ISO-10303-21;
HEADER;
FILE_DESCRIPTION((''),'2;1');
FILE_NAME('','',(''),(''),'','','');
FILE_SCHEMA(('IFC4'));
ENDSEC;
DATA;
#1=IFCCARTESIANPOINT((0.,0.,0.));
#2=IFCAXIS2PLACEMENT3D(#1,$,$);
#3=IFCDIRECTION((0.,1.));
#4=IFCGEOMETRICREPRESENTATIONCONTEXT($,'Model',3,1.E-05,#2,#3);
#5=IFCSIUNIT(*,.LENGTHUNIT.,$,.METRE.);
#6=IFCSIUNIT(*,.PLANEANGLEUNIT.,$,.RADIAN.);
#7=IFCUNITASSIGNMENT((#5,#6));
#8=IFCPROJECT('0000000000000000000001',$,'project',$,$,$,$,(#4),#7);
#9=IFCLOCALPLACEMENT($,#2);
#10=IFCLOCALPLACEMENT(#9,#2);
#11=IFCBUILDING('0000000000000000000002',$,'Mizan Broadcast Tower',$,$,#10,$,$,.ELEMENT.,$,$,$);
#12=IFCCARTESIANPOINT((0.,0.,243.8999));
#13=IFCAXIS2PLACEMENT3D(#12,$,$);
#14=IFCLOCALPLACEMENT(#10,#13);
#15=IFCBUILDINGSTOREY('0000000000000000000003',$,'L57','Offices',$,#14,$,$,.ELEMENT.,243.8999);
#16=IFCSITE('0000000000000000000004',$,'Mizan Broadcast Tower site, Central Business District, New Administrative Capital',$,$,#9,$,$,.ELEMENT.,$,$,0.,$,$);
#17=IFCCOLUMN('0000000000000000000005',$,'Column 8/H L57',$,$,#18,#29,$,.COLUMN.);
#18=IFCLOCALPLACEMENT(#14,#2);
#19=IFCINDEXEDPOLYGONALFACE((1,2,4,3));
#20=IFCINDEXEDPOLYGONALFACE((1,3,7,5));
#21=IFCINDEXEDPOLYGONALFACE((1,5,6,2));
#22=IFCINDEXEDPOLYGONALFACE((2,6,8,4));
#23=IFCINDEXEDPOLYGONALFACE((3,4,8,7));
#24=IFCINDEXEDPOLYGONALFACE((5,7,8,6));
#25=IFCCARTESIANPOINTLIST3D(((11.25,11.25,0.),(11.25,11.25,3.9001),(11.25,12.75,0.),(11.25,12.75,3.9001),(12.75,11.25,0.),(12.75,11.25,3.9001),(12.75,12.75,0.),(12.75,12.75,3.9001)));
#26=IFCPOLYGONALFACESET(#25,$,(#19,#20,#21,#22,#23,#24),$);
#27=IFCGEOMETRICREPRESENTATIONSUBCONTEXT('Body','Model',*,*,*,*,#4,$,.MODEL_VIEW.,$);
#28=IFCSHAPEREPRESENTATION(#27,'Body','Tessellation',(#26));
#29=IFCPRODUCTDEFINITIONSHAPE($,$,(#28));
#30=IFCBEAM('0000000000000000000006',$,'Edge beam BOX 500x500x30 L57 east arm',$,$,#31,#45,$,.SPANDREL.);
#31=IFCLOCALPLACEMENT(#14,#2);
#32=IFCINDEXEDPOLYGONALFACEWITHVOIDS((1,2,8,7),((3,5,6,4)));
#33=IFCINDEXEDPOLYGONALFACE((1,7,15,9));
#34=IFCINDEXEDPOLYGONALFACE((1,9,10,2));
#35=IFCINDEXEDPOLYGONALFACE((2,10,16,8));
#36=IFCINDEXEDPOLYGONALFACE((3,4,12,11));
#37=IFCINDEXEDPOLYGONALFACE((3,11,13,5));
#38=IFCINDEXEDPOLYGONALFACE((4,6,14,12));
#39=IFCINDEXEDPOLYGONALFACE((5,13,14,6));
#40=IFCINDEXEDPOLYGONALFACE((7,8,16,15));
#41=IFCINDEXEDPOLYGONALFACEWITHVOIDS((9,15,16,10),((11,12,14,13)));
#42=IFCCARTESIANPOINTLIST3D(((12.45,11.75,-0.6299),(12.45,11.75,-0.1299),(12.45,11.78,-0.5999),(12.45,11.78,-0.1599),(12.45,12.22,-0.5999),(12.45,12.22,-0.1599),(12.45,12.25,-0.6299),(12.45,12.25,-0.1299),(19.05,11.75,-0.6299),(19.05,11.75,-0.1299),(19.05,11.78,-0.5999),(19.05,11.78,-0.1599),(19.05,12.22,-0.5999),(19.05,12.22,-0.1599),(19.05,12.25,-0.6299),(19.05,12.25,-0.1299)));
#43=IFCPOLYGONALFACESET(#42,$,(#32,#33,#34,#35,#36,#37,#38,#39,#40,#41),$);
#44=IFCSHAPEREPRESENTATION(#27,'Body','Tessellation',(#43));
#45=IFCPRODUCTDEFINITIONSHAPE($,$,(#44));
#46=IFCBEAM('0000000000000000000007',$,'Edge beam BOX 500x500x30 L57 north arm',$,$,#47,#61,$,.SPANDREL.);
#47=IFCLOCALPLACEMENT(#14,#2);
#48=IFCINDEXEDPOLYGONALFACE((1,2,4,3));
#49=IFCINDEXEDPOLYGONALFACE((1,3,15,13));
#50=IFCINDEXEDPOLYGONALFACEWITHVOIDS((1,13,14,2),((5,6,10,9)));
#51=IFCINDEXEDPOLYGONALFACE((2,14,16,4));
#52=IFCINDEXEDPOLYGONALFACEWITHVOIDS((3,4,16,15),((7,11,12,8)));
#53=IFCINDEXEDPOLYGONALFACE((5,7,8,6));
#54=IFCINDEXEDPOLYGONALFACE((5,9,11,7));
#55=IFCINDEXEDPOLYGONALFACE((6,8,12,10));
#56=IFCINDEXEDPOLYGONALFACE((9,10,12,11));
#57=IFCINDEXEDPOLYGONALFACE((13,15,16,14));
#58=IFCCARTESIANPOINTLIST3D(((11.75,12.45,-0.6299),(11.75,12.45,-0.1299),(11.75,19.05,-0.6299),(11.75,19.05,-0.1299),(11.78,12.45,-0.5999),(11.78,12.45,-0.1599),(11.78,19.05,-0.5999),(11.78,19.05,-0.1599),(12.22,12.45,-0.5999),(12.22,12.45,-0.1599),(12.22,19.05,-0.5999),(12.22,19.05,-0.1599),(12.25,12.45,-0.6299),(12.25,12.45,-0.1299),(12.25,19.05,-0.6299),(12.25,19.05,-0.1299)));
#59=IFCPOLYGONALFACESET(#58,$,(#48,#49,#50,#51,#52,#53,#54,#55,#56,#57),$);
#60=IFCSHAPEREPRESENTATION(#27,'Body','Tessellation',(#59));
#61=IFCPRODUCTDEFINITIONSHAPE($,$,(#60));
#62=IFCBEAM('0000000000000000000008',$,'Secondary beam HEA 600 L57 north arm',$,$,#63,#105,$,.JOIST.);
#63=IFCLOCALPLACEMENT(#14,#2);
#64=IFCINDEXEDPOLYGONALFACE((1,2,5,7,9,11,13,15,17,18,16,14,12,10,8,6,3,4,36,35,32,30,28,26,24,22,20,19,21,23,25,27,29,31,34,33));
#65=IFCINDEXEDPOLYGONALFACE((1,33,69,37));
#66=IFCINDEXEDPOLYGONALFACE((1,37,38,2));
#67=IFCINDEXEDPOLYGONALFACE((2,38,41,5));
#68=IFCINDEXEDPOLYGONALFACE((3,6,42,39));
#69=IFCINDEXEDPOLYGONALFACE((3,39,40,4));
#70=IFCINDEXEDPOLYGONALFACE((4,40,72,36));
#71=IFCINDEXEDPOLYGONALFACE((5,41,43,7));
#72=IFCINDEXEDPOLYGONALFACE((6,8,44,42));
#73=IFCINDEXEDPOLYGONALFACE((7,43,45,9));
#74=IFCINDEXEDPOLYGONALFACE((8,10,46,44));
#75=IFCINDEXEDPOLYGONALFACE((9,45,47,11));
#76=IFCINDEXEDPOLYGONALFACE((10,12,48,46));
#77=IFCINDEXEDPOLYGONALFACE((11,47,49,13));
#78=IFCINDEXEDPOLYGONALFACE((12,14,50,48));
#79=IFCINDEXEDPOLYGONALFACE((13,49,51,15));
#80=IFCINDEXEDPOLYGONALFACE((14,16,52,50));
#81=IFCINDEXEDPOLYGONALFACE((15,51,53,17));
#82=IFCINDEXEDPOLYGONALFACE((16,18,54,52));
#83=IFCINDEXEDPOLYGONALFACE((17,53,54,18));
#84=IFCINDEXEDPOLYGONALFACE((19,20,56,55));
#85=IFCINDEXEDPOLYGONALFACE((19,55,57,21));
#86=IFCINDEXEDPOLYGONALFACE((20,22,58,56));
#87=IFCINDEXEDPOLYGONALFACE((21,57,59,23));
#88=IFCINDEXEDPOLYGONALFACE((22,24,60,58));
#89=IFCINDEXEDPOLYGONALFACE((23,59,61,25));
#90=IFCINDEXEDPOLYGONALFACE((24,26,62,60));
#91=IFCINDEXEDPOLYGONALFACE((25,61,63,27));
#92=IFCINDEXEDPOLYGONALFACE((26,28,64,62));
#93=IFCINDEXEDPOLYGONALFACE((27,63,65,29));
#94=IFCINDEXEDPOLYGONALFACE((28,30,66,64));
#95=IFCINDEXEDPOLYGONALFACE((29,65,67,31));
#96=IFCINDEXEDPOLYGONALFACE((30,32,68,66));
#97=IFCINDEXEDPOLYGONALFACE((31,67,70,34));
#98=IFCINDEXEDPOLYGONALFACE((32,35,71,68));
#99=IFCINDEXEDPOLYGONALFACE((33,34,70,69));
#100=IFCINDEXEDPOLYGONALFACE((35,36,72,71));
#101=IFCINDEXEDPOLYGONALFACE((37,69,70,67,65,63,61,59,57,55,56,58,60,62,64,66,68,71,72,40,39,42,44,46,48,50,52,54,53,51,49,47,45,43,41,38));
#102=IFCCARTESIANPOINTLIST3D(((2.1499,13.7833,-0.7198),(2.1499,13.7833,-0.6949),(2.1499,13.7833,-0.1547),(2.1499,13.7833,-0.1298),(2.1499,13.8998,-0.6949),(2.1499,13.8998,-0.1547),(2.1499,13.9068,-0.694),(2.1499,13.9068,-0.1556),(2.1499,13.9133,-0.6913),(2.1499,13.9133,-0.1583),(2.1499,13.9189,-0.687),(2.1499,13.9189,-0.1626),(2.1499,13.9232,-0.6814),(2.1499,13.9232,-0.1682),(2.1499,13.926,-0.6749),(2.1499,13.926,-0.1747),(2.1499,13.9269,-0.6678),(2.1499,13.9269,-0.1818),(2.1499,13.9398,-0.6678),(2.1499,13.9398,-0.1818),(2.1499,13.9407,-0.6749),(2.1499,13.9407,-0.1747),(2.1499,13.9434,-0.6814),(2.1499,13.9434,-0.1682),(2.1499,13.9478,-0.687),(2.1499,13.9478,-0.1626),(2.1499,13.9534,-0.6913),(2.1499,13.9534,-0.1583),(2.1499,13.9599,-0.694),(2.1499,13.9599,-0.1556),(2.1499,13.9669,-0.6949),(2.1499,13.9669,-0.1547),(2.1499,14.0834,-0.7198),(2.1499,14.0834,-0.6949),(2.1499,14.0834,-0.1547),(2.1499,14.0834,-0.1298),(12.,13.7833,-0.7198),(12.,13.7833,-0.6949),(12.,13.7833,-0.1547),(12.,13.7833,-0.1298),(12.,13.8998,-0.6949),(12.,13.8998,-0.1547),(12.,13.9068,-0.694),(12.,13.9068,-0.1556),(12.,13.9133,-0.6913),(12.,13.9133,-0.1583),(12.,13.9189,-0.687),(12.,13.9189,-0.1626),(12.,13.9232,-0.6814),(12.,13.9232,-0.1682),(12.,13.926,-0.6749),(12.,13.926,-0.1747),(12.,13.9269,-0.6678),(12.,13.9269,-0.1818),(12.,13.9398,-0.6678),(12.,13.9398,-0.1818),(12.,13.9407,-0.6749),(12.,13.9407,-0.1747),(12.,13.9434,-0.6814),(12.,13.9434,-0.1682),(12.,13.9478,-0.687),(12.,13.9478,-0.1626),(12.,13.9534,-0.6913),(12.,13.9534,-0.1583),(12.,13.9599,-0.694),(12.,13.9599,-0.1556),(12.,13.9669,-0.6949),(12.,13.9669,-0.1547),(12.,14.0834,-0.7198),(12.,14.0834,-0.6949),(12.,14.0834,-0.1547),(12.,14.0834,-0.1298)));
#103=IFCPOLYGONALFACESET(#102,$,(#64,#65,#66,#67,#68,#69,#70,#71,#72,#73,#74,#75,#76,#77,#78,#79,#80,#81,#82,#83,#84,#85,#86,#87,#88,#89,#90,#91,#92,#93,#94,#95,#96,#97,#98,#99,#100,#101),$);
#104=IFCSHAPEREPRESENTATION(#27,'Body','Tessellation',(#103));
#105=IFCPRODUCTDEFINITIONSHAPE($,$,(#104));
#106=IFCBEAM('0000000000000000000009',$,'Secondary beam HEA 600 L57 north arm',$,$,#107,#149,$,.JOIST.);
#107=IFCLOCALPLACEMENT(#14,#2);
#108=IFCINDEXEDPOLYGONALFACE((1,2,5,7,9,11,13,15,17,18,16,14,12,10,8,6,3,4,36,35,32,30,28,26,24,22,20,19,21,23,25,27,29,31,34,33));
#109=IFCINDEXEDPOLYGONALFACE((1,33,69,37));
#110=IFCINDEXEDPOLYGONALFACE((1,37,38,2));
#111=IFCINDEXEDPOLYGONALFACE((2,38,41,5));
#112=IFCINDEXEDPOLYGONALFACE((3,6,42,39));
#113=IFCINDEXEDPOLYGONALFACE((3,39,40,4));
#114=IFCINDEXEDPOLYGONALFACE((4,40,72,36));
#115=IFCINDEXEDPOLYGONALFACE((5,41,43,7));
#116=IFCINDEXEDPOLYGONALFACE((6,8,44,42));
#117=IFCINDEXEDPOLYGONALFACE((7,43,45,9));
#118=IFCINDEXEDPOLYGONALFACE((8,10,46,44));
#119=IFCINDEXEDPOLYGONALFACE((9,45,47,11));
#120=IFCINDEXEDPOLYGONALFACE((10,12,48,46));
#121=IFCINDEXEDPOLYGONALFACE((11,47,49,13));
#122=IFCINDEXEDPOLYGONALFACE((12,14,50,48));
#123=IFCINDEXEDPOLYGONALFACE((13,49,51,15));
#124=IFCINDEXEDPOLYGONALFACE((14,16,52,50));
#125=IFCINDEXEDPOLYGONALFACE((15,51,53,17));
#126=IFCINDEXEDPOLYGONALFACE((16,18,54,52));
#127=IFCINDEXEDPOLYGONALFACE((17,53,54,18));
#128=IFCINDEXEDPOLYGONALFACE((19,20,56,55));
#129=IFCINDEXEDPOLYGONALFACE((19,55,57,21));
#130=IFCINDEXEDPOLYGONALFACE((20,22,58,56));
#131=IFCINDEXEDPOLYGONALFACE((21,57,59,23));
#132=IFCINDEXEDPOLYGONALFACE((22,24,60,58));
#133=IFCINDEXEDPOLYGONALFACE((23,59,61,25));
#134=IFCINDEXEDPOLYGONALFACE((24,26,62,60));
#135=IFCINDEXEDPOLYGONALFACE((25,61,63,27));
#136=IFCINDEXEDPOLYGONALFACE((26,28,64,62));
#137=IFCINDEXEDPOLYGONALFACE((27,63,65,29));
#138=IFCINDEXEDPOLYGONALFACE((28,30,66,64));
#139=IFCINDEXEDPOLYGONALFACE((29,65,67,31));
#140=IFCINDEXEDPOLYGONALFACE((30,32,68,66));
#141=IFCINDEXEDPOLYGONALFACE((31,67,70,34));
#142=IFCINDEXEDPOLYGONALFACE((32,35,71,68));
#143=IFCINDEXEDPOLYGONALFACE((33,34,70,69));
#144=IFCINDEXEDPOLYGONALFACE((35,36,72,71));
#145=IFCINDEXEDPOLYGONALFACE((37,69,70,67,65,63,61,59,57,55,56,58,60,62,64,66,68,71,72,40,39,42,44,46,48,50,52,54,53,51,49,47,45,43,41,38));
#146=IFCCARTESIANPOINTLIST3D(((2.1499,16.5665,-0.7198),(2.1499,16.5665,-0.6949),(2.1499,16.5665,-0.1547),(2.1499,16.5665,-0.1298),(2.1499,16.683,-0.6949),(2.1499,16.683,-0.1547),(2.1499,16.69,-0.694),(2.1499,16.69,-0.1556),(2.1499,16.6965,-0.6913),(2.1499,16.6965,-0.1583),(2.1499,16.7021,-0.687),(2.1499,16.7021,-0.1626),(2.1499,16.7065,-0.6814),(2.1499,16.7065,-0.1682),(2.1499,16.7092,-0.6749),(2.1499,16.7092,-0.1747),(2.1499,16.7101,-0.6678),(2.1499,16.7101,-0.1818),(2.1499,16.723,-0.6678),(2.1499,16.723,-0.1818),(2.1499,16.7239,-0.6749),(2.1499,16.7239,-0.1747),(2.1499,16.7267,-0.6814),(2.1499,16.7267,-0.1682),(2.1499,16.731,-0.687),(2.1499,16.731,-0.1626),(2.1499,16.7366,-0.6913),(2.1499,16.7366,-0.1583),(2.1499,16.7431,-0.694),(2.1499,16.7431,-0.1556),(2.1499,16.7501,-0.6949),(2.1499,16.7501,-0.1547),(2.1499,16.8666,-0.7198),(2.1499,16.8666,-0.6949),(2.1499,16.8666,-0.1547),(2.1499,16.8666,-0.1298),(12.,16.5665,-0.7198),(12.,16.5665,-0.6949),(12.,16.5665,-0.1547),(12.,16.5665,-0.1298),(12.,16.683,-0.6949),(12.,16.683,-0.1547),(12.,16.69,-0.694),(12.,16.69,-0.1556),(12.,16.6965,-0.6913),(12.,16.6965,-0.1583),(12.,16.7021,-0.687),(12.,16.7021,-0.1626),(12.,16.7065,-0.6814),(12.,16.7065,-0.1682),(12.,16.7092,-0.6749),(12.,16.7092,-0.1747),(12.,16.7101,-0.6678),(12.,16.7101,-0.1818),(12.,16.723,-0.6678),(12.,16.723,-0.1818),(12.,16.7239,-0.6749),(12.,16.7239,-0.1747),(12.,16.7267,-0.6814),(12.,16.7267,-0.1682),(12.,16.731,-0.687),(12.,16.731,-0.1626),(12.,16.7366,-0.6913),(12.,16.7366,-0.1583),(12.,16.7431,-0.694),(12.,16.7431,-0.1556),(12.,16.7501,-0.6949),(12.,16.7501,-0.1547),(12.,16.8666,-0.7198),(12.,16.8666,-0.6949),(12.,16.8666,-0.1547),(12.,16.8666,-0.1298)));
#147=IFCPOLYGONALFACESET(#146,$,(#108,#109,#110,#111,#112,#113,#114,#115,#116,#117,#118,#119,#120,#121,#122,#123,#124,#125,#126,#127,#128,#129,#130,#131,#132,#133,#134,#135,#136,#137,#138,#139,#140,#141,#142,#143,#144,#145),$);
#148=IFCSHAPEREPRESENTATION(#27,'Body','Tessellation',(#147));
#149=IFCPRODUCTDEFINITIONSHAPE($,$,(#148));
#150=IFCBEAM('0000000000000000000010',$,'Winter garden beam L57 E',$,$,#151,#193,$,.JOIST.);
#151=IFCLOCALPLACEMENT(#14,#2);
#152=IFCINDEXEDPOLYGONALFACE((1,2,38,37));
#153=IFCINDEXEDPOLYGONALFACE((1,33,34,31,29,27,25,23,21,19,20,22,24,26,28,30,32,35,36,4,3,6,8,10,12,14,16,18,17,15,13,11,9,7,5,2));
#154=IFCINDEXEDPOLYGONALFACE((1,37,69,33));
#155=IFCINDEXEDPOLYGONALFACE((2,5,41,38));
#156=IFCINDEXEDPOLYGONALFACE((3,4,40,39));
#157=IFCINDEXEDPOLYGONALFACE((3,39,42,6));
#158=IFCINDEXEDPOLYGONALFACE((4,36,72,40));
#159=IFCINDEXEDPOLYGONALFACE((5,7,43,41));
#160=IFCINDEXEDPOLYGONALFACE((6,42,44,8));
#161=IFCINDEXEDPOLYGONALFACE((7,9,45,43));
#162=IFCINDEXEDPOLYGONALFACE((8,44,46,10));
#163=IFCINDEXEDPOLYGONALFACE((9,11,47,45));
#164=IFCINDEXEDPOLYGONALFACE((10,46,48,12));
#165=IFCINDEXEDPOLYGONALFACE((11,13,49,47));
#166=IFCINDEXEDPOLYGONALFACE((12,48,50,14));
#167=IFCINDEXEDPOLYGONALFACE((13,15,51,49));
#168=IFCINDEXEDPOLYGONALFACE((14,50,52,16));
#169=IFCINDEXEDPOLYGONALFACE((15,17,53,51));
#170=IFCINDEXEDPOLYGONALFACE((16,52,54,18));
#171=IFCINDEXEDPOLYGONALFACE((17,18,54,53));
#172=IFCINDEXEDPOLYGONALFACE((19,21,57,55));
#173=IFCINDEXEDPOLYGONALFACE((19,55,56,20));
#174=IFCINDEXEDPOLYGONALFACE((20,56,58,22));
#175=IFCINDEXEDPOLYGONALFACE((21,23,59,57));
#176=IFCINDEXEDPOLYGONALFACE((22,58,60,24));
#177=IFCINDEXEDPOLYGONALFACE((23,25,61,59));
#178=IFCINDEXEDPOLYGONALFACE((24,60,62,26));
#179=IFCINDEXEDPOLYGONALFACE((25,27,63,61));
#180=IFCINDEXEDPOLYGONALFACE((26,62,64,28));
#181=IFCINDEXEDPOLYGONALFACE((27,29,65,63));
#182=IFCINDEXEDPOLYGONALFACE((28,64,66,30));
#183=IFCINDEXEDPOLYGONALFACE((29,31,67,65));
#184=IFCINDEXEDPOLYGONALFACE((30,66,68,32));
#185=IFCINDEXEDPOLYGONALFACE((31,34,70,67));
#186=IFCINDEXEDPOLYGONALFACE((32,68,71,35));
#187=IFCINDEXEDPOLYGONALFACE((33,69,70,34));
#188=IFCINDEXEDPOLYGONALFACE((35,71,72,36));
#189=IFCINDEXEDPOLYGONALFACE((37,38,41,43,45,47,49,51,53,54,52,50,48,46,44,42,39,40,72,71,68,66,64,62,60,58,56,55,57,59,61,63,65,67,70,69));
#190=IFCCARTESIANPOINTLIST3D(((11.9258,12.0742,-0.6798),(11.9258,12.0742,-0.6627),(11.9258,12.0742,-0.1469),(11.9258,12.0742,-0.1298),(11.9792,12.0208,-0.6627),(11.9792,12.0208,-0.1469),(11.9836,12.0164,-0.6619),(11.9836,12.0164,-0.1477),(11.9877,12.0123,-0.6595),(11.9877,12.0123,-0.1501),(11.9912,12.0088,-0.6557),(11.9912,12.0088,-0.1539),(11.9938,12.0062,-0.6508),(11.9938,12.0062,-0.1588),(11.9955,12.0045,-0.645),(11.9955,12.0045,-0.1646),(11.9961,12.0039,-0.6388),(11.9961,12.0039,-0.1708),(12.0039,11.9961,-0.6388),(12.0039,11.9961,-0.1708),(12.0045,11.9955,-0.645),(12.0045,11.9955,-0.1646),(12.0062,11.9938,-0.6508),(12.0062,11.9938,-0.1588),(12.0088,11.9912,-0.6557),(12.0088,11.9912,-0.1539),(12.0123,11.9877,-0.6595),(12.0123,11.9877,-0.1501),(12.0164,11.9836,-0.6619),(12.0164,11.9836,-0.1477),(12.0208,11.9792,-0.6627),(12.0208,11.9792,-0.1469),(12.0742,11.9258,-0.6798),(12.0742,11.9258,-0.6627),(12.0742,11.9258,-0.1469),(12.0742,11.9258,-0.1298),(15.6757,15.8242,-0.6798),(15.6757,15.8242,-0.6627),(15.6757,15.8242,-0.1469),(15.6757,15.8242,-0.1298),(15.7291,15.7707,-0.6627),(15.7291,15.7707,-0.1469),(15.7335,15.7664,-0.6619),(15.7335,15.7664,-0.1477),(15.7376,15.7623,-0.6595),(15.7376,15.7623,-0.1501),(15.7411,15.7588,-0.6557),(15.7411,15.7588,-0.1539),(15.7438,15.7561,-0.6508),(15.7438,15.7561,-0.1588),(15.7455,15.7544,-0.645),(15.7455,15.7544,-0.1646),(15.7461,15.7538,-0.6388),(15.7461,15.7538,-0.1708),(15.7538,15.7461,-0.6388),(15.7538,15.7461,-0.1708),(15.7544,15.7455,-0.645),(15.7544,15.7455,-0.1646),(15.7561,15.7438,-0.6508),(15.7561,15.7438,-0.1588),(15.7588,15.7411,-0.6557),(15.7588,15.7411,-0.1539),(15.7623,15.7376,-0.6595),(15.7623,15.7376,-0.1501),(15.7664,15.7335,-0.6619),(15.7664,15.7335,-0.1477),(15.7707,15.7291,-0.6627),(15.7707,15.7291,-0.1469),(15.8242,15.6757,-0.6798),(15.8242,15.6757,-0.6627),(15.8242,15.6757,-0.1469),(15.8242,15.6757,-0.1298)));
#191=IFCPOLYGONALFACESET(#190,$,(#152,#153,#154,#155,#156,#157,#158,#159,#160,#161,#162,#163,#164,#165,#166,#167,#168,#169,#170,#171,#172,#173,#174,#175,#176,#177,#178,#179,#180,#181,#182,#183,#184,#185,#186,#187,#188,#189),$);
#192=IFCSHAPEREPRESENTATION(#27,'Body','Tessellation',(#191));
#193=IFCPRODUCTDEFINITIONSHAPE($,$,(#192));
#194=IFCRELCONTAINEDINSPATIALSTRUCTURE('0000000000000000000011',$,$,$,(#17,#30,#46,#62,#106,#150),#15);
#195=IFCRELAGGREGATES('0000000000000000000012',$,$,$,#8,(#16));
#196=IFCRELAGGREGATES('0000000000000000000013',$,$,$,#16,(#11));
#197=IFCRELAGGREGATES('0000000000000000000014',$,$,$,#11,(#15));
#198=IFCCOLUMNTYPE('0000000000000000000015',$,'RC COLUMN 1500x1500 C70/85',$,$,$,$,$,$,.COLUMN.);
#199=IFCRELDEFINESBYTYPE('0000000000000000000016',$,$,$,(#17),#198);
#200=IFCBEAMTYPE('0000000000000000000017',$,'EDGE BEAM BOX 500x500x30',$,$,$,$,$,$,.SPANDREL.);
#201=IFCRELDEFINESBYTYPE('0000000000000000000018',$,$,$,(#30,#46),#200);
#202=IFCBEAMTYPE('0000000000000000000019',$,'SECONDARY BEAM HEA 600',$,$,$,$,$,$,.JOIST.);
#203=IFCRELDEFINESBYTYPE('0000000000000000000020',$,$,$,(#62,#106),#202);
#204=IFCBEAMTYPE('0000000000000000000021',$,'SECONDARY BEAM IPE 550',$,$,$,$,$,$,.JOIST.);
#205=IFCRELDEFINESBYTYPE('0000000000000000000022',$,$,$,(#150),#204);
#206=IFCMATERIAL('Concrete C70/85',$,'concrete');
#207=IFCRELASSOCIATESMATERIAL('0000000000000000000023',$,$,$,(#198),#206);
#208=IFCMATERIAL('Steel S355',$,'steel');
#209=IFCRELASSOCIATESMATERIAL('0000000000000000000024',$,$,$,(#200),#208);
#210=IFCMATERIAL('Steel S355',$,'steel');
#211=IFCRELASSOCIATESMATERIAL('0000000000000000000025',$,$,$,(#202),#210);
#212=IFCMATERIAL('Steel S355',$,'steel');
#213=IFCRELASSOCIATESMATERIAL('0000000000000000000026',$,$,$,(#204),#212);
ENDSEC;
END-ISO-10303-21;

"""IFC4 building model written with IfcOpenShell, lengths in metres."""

from ifc_helpers import new_model, si_unit, direction, frame, origin, origin_2d, place, context, subcontext, project, spatial, rectangle, hollow_rectangle, i_section, extrude, material, material_profile, profile_set, type_object, element, save


model = new_model("IFC4")

# Units and contexts
model_context = context("Model", 3, precision=1e-05, world=origin(), true_north=direction((0.0, 1.0)))
body_context = subcontext(model_context, "Body", "Model", "MODEL_VIEW")
ifc_project = project(units=[si_unit("LENGTHUNIT", "METRE"), si_unit("PLANEANGLEUNIT", "RADIAN")], contexts=[model_context])

# Site, building, storey
site_placement = place(None, origin())
site = spatial("IfcSite", under=ifc_project, at=site_placement, Name="Mizan Broadcast Tower site, Central Business District, New Administrative Capital", CompositionType="ELEMENT", RefElevation=0.0)
building_placement = place(site_placement, origin())
building = spatial("IfcBuilding", under=site, at=building_placement, Name="Mizan Broadcast Tower", CompositionType="ELEMENT")
storey_placement = place(building_placement, frame((0.0, 0.0, 243.8999)))
storey = spatial("IfcBuildingStorey", under=building, at=storey_placement, Name="L57", Description="Offices", CompositionType="ELEMENT", Elevation=243.8999)

# Column
ifc_material_1 = material(Name="Concrete C70/85", Category="concrete")
ifc_material_profile_1 = material_profile(ifc_material_1, rectangle(XDim=1.5, YDim=1.5, at=origin_2d()), Name="RC 1500x1500")
ifc_profile_set_1 = profile_set([ifc_material_profile_1], Name="Concrete C70/85")
column_type = type_object("IfcColumnType", Name="RC COLUMN 1500x1500 C70/85", PredefinedType="COLUMN", material=ifc_profile_set_1)
column_placement = place(storey_placement, frame((12.0, 12.0, 0.0), z_axis=(0.0, 0.0, 1.0), x_axis=(1.0, 0.0, 0.0)))
element("IfcColumn", 1, at=column_placement, inside=storey, type_object=column_type, Name="Column 8/H L57", PredefinedType="COLUMN", context=body_context, shape_type="SweptSolid", body=[
    extrude(rectangle(XDim=1.5, YDim=1.5, at=origin_2d()), origin(), (0.0, 0.0, 1.0), 3.9001),
])

# Beams
ifc_material_2 = material(Name="Steel S355", Category="steel")
ifc_material_profile_2 = material_profile(ifc_material_2, hollow_rectangle(XDim=0.5, YDim=0.5, WallThickness=0.03, at=origin_2d()), Name="BOX 500x500x30")
ifc_profile_set_2 = profile_set([ifc_material_profile_2], Name="Steel S355")
beam_type_1 = type_object("IfcBeamType", Name="EDGE BEAM BOX 500x500x30", PredefinedType="SPANDREL", material=ifc_profile_set_2)
for number, where, z_axis, x_axis, name in (
    (2, (12.45, 12.0, -0.3799), (1.0, 0.0, 0.0), (0.0, 1.0, 0.0), "Edge beam BOX 500x500x30 L57 east arm"),
    (3, (12.0, 12.45, -0.3799), (0.0, 1.0, 0.0), (-1.0, 0.0, 0.0), "Edge beam BOX 500x500x30 L57 north arm"),
):
    element("IfcBeam", number, at=place(storey_placement, frame(where, z_axis=z_axis, x_axis=x_axis)), inside=storey, type_object=beam_type_1, Name=name, PredefinedType="SPANDREL", context=body_context, shape_type="SweptSolid", body=[
        extrude(hollow_rectangle(XDim=0.5, YDim=0.5, WallThickness=0.03, at=origin_2d()), origin(), (0.0, 0.0, 1.0), 6.6001),
    ])
ifc_material_3 = material(Name="Steel S355", Category="steel")
ifc_material_profile_3 = material_profile(ifc_material_3, i_section(OverallWidth=0.3, OverallDepth=0.5901, WebThickness=0.0129, FlangeThickness=0.0249, FilletRadius=0.0271, at=origin_2d()), Name="HEA 600")
ifc_profile_set_3 = profile_set([ifc_material_profile_3], Name="Steel S355")
beam_type_2 = type_object("IfcBeamType", Name="SECONDARY BEAM HEA 600", PredefinedType="JOIST", material=ifc_profile_set_3)
for number, where, z_axis, x_axis, name in (
    (4, (12.0, 13.9333, -0.4248), (-1.0, 0.0, 0.0), (0.0, -1.0, 0.0), "Secondary beam HEA 600 L57 north arm"),
    (5, (12.0, 16.7166, -0.4248), (-1.0, 0.0, 0.0), (0.0, -1.0, 0.0), "Secondary beam HEA 600 L57 north arm"),
):
    element("IfcBeam", number, at=place(storey_placement, frame(where, z_axis=z_axis, x_axis=x_axis)), inside=storey, type_object=beam_type_2, Name=name, PredefinedType="JOIST", context=body_context, shape_type="SweptSolid", body=[
        extrude(i_section(OverallWidth=0.3, OverallDepth=0.5901, WebThickness=0.0129, FlangeThickness=0.0249, FilletRadius=0.0271, at=origin_2d()), origin(), (0.0, 0.0, 1.0), 9.8501),
    ])
ifc_material_4 = material(Name="Steel S355", Category="steel")
ifc_material_profile_4 = material_profile(ifc_material_4, i_section(OverallWidth=0.21, OverallDepth=0.55, WebThickness=0.011, FlangeThickness=0.0171, FilletRadius=0.0239, at=origin_2d()), Name="IPE 550")
ifc_profile_set_4 = profile_set([ifc_material_profile_4], Name="Steel S355")
beam_type_3 = type_object("IfcBeamType", Name="SECONDARY BEAM IPE 550", PredefinedType="JOIST", material=ifc_profile_set_4)
beam_placement = place(storey_placement, frame((12.0, 12.0, -0.4048), z_axis=(0.707107, 0.707107, 0.0), x_axis=(-0.707107, 0.707107, 0.0)))
element("IfcBeam", 6, at=beam_placement, inside=storey, type_object=beam_type_3, Name="Winter garden beam L57 E", PredefinedType="JOIST", context=body_context, shape_type="SweptSolid", body=[
    extrude(i_section(OverallWidth=0.21, OverallDepth=0.55, WebThickness=0.011, FlangeThickness=0.0171, FilletRadius=0.0239, at=origin_2d()), origin(), (0.0, 0.0, 1.0), 5.3032),
])

save(model, "model.ifc")
